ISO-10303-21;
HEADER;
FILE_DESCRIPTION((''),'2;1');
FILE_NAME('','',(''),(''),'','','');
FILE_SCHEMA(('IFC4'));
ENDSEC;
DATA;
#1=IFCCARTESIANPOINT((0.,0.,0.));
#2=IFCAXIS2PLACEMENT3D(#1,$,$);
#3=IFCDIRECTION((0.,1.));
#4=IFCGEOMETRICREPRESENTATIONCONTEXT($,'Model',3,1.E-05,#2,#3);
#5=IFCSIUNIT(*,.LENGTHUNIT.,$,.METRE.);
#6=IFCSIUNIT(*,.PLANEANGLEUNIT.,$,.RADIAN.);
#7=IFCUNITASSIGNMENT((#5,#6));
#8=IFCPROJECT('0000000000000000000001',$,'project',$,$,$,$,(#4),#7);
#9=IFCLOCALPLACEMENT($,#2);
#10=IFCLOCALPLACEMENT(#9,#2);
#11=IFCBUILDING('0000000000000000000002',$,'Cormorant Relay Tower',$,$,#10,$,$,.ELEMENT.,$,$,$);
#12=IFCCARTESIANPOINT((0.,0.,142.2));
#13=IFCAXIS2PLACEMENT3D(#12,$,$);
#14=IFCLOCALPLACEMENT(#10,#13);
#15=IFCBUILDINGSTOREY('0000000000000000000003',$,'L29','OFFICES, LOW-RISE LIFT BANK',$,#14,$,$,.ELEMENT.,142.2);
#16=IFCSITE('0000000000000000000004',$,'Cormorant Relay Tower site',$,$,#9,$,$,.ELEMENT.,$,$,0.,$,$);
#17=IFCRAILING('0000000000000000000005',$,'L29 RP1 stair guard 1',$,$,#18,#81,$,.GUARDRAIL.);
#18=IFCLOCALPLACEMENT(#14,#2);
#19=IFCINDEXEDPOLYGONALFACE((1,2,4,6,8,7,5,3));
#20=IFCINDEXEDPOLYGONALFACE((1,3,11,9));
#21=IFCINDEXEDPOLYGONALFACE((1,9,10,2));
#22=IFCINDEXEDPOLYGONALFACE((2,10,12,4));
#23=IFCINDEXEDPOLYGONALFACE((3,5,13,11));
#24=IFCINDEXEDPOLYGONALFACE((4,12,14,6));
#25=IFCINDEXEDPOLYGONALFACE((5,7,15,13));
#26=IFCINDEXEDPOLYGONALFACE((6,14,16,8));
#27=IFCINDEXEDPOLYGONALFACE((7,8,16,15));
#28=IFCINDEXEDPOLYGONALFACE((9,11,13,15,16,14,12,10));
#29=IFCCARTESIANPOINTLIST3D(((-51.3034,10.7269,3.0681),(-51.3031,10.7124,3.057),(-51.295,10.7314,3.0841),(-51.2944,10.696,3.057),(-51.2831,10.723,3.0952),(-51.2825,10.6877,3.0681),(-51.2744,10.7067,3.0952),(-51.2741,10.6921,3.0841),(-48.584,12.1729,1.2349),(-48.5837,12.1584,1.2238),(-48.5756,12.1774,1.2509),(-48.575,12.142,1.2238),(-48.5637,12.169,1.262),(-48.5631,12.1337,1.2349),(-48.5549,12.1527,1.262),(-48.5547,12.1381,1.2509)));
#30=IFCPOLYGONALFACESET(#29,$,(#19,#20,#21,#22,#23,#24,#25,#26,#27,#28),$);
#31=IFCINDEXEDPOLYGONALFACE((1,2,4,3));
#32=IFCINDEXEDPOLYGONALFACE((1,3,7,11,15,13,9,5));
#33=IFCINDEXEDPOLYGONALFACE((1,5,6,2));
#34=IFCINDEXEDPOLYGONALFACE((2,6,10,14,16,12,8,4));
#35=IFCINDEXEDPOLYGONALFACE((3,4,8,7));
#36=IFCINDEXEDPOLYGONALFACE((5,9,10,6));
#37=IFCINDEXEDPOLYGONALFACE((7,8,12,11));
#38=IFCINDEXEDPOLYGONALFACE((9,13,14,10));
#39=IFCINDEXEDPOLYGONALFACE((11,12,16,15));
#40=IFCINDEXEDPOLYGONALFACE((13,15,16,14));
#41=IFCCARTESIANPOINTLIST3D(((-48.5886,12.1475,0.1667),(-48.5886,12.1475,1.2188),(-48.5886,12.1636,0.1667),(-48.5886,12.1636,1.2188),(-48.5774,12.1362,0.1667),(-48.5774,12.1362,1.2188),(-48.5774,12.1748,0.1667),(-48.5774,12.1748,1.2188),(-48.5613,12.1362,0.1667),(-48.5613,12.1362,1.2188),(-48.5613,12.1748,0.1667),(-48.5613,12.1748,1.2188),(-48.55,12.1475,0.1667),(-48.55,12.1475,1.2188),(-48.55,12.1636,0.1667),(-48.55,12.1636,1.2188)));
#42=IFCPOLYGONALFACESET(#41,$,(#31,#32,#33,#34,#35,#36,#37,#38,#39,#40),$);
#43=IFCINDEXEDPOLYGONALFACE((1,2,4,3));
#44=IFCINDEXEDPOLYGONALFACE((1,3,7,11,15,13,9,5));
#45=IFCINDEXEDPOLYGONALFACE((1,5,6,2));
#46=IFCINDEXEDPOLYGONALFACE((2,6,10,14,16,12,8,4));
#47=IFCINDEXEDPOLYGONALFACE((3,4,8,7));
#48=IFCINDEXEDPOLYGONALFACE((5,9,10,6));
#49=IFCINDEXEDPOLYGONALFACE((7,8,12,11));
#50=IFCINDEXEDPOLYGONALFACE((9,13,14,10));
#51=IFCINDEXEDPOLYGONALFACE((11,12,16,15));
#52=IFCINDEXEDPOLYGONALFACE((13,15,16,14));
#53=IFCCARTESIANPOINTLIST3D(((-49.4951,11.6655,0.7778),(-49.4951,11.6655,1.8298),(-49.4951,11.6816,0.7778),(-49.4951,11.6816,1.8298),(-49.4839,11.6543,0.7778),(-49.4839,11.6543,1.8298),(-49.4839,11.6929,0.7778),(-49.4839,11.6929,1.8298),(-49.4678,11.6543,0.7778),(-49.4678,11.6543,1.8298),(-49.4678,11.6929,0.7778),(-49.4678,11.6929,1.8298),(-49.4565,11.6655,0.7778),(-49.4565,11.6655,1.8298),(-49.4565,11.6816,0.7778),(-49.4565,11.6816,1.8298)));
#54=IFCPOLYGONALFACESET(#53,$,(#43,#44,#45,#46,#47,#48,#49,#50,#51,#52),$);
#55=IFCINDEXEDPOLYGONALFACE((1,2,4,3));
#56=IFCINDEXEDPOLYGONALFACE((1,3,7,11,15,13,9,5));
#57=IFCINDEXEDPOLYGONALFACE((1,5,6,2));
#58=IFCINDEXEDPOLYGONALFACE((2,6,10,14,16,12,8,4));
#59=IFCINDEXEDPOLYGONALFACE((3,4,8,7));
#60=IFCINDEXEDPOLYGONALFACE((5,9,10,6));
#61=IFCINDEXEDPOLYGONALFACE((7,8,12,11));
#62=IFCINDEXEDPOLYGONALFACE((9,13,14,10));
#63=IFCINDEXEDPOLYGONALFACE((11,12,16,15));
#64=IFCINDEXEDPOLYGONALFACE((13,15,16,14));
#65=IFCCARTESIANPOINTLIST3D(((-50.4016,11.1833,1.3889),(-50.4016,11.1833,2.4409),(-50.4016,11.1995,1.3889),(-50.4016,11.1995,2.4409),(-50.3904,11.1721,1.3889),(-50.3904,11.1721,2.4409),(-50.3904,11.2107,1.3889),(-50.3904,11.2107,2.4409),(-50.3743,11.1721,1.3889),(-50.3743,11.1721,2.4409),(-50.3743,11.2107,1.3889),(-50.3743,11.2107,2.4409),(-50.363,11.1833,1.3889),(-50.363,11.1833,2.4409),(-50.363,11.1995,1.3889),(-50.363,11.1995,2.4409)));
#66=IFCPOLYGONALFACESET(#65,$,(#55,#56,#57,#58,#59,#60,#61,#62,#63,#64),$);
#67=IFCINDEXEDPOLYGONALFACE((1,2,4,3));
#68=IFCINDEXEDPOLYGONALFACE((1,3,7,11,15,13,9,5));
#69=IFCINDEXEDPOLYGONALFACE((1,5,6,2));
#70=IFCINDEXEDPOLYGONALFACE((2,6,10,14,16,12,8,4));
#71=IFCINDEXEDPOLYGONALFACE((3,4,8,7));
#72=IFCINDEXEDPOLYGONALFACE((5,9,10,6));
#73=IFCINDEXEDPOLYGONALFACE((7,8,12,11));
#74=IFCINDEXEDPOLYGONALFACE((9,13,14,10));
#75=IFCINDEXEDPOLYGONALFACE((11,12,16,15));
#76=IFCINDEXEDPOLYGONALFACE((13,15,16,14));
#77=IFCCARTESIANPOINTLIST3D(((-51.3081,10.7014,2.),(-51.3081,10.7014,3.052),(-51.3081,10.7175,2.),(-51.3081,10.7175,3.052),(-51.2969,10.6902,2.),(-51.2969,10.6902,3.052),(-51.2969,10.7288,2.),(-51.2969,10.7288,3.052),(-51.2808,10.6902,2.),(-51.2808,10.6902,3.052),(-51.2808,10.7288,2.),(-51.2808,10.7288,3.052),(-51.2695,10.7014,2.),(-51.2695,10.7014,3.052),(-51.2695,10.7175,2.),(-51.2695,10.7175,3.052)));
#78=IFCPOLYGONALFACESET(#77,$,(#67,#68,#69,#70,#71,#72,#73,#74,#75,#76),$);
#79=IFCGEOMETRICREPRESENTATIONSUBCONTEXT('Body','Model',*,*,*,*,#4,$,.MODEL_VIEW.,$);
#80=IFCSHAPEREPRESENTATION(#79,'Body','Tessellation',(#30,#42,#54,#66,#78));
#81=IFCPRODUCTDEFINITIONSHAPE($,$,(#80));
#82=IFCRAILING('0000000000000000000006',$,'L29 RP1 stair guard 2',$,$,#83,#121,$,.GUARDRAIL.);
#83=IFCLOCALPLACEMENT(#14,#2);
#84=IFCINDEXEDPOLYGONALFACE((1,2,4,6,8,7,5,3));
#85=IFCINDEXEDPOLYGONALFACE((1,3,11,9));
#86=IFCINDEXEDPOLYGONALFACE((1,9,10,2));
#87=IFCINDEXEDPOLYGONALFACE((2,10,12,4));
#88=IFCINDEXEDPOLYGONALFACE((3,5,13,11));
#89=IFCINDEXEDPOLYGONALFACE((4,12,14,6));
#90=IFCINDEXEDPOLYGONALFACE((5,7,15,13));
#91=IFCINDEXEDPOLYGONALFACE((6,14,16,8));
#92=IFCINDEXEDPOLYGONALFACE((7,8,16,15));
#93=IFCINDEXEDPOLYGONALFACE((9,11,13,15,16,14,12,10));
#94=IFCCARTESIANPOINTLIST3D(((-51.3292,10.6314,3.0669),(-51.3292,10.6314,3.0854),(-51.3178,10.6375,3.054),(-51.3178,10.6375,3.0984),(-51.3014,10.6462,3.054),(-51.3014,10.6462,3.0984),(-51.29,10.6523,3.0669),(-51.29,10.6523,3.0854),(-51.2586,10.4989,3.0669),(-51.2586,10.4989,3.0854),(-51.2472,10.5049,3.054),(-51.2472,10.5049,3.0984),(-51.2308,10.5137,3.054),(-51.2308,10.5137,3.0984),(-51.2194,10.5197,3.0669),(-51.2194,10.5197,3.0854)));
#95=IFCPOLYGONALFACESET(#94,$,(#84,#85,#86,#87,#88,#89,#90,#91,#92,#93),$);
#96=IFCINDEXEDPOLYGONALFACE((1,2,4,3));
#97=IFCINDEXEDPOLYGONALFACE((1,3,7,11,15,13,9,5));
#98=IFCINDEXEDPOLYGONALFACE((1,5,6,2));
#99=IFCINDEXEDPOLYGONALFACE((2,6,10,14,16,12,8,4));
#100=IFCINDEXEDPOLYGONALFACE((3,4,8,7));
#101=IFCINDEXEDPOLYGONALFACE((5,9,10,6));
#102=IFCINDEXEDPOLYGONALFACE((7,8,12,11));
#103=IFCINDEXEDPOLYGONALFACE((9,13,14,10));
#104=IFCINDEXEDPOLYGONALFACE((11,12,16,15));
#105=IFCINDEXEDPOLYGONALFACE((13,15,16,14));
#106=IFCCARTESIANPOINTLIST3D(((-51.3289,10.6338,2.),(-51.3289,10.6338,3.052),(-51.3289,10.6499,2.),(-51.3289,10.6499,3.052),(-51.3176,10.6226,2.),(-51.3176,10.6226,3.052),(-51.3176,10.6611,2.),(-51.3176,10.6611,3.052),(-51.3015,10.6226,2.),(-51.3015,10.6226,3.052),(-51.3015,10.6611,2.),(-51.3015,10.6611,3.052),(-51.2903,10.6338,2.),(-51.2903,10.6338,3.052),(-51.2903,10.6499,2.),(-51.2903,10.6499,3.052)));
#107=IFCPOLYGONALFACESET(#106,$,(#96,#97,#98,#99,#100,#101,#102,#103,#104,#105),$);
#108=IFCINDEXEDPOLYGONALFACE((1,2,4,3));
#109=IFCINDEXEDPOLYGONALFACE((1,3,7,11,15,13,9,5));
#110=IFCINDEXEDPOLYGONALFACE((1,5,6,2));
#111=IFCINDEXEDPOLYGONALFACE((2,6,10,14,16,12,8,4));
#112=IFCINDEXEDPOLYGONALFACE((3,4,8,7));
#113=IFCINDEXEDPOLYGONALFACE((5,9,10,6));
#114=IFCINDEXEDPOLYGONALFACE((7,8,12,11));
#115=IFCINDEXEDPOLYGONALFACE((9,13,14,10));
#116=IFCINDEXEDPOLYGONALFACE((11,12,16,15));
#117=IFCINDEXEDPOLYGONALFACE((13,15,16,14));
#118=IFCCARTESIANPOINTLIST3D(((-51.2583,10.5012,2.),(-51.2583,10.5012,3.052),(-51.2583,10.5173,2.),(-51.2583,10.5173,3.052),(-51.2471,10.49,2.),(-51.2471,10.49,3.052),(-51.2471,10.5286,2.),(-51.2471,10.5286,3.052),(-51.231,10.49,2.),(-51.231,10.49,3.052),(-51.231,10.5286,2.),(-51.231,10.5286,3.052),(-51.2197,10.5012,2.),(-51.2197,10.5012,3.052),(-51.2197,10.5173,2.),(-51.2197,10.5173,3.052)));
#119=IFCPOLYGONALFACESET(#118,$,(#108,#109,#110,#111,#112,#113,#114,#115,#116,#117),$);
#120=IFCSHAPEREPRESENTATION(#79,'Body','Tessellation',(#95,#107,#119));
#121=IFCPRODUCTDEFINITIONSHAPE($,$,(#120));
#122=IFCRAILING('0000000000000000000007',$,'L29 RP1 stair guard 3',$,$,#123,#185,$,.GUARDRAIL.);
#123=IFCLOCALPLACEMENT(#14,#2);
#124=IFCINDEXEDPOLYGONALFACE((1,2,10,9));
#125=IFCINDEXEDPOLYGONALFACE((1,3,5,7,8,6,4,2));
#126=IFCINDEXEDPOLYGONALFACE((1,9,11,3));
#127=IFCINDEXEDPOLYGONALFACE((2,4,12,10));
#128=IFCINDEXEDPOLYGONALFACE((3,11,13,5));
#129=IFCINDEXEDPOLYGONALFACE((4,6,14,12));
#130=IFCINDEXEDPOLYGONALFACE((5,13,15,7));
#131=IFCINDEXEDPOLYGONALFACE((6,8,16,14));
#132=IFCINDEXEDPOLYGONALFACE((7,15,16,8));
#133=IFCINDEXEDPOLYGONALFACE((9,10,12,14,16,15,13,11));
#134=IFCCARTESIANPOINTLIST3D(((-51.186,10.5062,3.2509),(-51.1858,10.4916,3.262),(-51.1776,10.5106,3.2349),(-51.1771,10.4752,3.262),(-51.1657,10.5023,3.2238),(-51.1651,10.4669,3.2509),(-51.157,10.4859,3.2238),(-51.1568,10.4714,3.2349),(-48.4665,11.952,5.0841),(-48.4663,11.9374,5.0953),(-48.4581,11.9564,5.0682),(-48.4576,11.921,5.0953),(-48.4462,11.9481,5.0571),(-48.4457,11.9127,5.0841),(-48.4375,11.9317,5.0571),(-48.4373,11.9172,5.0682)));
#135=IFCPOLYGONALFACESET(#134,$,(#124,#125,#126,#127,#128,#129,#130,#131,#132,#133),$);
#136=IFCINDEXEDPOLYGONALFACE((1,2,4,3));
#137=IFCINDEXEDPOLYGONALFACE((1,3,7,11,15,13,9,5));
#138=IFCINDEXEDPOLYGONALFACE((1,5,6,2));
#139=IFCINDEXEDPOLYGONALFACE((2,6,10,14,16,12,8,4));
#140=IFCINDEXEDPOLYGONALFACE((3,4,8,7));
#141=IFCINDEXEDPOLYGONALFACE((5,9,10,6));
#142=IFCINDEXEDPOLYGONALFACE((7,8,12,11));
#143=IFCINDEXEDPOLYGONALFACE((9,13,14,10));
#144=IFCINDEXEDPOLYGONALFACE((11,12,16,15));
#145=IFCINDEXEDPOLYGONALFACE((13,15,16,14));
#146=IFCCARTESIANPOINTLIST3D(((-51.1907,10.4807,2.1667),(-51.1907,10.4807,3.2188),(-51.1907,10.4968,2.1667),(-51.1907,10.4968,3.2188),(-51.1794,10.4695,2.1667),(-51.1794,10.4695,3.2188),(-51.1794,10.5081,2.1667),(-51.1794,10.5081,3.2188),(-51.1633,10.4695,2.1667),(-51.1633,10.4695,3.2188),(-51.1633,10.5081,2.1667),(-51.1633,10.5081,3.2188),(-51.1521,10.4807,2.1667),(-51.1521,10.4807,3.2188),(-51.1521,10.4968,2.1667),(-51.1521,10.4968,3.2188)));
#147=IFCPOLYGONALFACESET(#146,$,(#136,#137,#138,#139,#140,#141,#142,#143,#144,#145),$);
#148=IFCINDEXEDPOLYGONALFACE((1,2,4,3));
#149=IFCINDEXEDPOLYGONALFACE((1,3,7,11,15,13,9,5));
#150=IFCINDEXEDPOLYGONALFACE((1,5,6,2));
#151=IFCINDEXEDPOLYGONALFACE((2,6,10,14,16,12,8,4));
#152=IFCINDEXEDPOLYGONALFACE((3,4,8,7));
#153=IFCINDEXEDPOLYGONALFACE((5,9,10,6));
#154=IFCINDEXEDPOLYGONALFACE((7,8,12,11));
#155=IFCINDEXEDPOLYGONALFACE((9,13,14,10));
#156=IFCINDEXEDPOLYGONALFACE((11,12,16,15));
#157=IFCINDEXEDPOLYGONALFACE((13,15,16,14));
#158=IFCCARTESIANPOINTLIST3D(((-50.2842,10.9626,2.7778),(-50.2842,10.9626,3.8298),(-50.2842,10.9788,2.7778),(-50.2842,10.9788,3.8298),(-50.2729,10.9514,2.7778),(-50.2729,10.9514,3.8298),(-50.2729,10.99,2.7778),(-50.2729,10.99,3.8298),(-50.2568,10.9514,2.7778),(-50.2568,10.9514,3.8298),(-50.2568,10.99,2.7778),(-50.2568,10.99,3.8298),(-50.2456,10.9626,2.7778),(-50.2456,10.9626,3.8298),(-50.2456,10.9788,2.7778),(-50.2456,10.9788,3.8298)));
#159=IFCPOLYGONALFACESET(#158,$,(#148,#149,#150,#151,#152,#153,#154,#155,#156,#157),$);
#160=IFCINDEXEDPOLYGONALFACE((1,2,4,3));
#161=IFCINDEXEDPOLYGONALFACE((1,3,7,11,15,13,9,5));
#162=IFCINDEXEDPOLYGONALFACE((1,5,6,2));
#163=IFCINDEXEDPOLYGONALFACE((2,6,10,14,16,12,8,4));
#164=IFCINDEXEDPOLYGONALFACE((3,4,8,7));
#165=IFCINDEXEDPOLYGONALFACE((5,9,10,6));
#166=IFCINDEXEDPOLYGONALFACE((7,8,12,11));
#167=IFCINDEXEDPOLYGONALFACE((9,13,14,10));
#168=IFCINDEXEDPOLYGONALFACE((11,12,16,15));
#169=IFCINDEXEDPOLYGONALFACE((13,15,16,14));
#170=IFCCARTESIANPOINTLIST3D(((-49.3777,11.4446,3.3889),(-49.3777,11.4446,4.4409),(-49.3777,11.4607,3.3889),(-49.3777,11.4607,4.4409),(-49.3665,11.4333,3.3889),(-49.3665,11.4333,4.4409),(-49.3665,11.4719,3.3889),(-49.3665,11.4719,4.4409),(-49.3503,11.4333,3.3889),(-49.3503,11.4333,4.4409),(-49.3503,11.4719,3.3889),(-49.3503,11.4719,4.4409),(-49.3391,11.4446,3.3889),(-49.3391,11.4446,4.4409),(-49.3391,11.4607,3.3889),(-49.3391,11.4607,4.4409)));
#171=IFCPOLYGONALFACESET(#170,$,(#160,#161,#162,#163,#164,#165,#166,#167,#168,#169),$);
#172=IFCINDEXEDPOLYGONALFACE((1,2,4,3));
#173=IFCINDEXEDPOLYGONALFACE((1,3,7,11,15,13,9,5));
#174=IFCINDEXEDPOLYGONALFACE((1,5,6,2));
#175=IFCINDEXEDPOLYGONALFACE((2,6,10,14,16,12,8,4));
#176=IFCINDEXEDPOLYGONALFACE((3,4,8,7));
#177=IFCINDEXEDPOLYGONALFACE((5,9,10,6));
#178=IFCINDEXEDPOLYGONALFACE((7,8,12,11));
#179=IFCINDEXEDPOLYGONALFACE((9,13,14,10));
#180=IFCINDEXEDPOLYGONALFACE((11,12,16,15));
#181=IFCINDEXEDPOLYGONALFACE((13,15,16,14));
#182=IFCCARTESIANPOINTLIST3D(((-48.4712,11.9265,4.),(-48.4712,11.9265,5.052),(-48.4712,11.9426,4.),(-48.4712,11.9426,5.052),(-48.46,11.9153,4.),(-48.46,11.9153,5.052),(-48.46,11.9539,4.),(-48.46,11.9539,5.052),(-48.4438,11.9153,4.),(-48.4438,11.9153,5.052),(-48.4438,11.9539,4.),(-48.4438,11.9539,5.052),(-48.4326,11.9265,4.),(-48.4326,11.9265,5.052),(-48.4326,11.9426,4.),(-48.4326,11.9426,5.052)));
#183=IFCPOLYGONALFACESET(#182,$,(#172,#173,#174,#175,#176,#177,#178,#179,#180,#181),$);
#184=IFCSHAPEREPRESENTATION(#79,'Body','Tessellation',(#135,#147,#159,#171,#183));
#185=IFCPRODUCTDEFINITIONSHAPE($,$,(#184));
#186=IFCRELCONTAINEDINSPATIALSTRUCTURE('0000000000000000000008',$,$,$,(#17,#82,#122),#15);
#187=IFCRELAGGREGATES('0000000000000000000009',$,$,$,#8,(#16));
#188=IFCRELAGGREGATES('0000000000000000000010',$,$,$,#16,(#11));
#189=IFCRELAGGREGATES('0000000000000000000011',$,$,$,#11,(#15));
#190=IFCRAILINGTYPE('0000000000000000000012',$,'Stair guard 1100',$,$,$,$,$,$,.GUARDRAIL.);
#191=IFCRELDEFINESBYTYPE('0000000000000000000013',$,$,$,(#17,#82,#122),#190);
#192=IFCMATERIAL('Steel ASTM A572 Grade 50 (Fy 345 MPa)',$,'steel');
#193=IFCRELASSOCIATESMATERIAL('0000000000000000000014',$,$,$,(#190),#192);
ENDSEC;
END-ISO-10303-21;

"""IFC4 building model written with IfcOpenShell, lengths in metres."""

from ifc_helpers import new_model, si_unit, direction, frame, origin, place, context, subcontext, project, spatial, polyline, outline, extrude, material, type_object, element, save


model = new_model("IFC4")

# Units and contexts
model_context = context("Model", 3, precision=1e-05, world=origin(), true_north=direction((0.0, 1.0)))
body_context = subcontext(model_context, "Body", "Model", "MODEL_VIEW")
ifc_project = project(units=[si_unit("LENGTHUNIT", "METRE"), si_unit("PLANEANGLEUNIT", "RADIAN")], contexts=[model_context])

# Site, building, storey
site_placement = place(None, origin())
site = spatial("IfcSite", under=ifc_project, at=site_placement, Name="Cormorant Relay Tower site", CompositionType="ELEMENT", RefElevation=0.0)
building_placement = place(site_placement, origin())
building = spatial("IfcBuilding", under=site, at=building_placement, Name="Cormorant Relay Tower", CompositionType="ELEMENT")
storey_placement = place(building_placement, frame((0.0, 0.0, 142.2)))
storey = spatial("IfcBuildingStorey", under=building, at=storey_placement, Name="L29", Description="OFFICES, LOW-RISE LIFT BANK", CompositionType="ELEMENT", Elevation=142.2)

# Railings
ifc_material_1 = material(Name="Steel ASTM A572 Grade 50 (Fy 345 MPa)", Category="steel")
railing_type_1 = type_object("IfcRailingType", Name="Stair guard 1100", PredefinedType="GUARDRAIL", material=ifc_material_1)
railing_1_placement = place(storey_placement, frame((-48.5693, 12.1555, 0.1667)))
element("IfcRailing", 1, at=railing_1_placement, inside=storey, type_object=railing_type_1, Name="L29 RP1 stair guard 1", PredefinedType="GUARDRAIL", context=body_context, shape_type="SweptSolid", body=[
    extrude(outline(polyline([(0.0222, 0.0093), (0.0093, 0.0222), (-0.0093, 0.0222), (-0.0222, 0.0093), (-0.0222, -0.0093), (-0.0093, -0.0222), (0.0093, -0.0222), (0.0222, -0.0093), (0.0222, 0.0093)])), frame((0.0, 0.0, 1.0762), z_axis=(-0.758714, -0.403435, 0.511463), x_axis=(0.469489, -0.882938, 0.0)), (0.0, 0.0, 1.0), 3.5842),
    extrude(outline(polyline([(0.0193, 0.0081), (0.0081, 0.0193), (-0.0081, 0.0193), (-0.0193, 0.0081), (-0.0193, -0.0081), (-0.0081, -0.0193), (0.0081, -0.0193), (0.0193, -0.0081), (0.0193, 0.0081)])), origin(), (0.0, 0.0, 1.0), 1.052),
    extrude(outline(polyline([(0.0193, 0.0081), (0.0081, 0.0193), (-0.0081, 0.0193), (-0.0193, 0.0081), (-0.0193, -0.0081), (-0.0081, -0.0193), (0.0081, -0.0193), (0.0193, -0.0081), (0.0193, 0.0081)])), frame((-0.9065, -0.4819, 0.6111)), (0.0, 0.0, 1.0), 1.052),
    extrude(outline(polyline([(0.0193, 0.0081), (0.0081, 0.0193), (-0.0081, 0.0193), (-0.0193, 0.0081), (-0.0193, -0.0081), (-0.0081, -0.0193), (0.0081, -0.0193), (0.0193, -0.0081), (0.0193, 0.0081)])), frame((-1.813, -0.9641, 1.2222)), (0.0, 0.0, 1.0), 1.052),
    extrude(outline(polyline([(0.0193, 0.0081), (0.0081, 0.0193), (-0.0081, 0.0193), (-0.0193, 0.0081), (-0.0193, -0.0081), (-0.0081, -0.0193), (0.0081, -0.0193), (0.0193, -0.0081), (0.0193, 0.0081)])), frame((-2.7195, -1.446, 1.8333)), (0.0, 0.0, 1.0), 1.052),
])
railing_2_placement = place(storey_placement, frame((-51.3096, 10.6418, 2.0)))
element("IfcRailing", 2, at=railing_2_placement, inside=storey, type_object=railing_type_1, Name="L29 RP1 stair guard 2", PredefinedType="GUARDRAIL", context=body_context, shape_type="SweptSolid", body=[
    extrude(outline(polyline([(0.0222, 0.0093), (0.0093, 0.0222), (-0.0093, 0.0222), (-0.0222, 0.0093), (-0.0222, -0.0093), (-0.0093, -0.0222), (0.0093, -0.0222), (0.0222, -0.0093), (0.0222, 0.0093)])), frame((0.0, 0.0, 1.0762), z_axis=(0.469829, -0.882758, 0.0), x_axis=(0.882758, 0.469829, 0.0)), (0.0, 0.0, 1.0), 0.1501),
    extrude(outline(polyline([(0.0193, 0.0081), (0.0081, 0.0193), (-0.0081, 0.0193), (-0.0193, 0.0081), (-0.0193, -0.0081), (-0.0081, -0.0193), (0.0081, -0.0193), (0.0193, -0.0081), (0.0193, 0.0081)])), origin(), (0.0, 0.0, 1.0), 1.052),
    extrude(outline(polyline([(0.0193, 0.0081), (0.0081, 0.0193), (-0.0081, 0.0193), (-0.0193, 0.0081), (-0.0193, -0.0081), (-0.0081, -0.0193), (0.0081, -0.0193), (0.0193, -0.0081), (0.0193, 0.0081)])), frame((0.0706, -0.1326, 0.0)), (0.0, 0.0, 1.0), 1.052),
])
railing_3_placement = place(storey_placement, frame((-51.1714, 10.4888, 2.1667)))
element("IfcRailing", 3, at=railing_3_placement, inside=storey, type_object=railing_type_1, Name="L29 RP1 stair guard 3", PredefinedType="GUARDRAIL", context=body_context, shape_type="SweptSolid", body=[
    extrude(outline(polyline([(0.0222, 0.0093), (0.0093, 0.0222), (-0.0093, 0.0222), (-0.0222, 0.0093), (-0.0222, -0.0093), (-0.0093, -0.0222), (0.0093, -0.0222), (0.0222, -0.0093), (0.0222, 0.0093)])), frame((0.0, 0.0, 1.0762), z_axis=(0.758735, 0.403378, 0.511477), x_axis=(-0.469428, 0.882971, 0.0)), (0.0, 0.0, 1.0), 3.5842),
    extrude(outline(polyline([(0.0193, 0.0081), (0.0081, 0.0193), (-0.0081, 0.0193), (-0.0193, 0.0081), (-0.0193, -0.0081), (-0.0081, -0.0193), (0.0081, -0.0193), (0.0193, -0.0081), (0.0193, 0.0081)])), origin(), (0.0, 0.0, 1.0), 1.052),
    extrude(outline(polyline([(0.0193, 0.0081), (0.0081, 0.0193), (-0.0081, 0.0193), (-0.0193, 0.0081), (-0.0193, -0.0081), (-0.0081, -0.0193), (0.0081, -0.0193), (0.0193, -0.0081), (0.0193, 0.0081)])), frame((0.9065, 0.4819, 0.6111)), (0.0, 0.0, 1.0), 1.052),
    extrude(outline(polyline([(0.0193, 0.0081), (0.0081, 0.0193), (-0.0081, 0.0193), (-0.0193, 0.0081), (-0.0193, -0.0081), (-0.0081, -0.0193), (0.0081, -0.0193), (0.0193, -0.0081), (0.0193, 0.0081)])), frame((1.813, 0.9639, 1.2222)), (0.0, 0.0, 1.0), 1.052),
    extrude(outline(polyline([(0.0193, 0.0081), (0.0081, 0.0193), (-0.0081, 0.0193), (-0.0193, 0.0081), (-0.0193, -0.0081), (-0.0081, -0.0193), (0.0081, -0.0193), (0.0193, -0.0081), (0.0193, 0.0081)])), frame((2.7195, 1.4458, 1.8333)), (0.0, 0.0, 1.0), 1.052),
])

save(model, "model.ifc")
